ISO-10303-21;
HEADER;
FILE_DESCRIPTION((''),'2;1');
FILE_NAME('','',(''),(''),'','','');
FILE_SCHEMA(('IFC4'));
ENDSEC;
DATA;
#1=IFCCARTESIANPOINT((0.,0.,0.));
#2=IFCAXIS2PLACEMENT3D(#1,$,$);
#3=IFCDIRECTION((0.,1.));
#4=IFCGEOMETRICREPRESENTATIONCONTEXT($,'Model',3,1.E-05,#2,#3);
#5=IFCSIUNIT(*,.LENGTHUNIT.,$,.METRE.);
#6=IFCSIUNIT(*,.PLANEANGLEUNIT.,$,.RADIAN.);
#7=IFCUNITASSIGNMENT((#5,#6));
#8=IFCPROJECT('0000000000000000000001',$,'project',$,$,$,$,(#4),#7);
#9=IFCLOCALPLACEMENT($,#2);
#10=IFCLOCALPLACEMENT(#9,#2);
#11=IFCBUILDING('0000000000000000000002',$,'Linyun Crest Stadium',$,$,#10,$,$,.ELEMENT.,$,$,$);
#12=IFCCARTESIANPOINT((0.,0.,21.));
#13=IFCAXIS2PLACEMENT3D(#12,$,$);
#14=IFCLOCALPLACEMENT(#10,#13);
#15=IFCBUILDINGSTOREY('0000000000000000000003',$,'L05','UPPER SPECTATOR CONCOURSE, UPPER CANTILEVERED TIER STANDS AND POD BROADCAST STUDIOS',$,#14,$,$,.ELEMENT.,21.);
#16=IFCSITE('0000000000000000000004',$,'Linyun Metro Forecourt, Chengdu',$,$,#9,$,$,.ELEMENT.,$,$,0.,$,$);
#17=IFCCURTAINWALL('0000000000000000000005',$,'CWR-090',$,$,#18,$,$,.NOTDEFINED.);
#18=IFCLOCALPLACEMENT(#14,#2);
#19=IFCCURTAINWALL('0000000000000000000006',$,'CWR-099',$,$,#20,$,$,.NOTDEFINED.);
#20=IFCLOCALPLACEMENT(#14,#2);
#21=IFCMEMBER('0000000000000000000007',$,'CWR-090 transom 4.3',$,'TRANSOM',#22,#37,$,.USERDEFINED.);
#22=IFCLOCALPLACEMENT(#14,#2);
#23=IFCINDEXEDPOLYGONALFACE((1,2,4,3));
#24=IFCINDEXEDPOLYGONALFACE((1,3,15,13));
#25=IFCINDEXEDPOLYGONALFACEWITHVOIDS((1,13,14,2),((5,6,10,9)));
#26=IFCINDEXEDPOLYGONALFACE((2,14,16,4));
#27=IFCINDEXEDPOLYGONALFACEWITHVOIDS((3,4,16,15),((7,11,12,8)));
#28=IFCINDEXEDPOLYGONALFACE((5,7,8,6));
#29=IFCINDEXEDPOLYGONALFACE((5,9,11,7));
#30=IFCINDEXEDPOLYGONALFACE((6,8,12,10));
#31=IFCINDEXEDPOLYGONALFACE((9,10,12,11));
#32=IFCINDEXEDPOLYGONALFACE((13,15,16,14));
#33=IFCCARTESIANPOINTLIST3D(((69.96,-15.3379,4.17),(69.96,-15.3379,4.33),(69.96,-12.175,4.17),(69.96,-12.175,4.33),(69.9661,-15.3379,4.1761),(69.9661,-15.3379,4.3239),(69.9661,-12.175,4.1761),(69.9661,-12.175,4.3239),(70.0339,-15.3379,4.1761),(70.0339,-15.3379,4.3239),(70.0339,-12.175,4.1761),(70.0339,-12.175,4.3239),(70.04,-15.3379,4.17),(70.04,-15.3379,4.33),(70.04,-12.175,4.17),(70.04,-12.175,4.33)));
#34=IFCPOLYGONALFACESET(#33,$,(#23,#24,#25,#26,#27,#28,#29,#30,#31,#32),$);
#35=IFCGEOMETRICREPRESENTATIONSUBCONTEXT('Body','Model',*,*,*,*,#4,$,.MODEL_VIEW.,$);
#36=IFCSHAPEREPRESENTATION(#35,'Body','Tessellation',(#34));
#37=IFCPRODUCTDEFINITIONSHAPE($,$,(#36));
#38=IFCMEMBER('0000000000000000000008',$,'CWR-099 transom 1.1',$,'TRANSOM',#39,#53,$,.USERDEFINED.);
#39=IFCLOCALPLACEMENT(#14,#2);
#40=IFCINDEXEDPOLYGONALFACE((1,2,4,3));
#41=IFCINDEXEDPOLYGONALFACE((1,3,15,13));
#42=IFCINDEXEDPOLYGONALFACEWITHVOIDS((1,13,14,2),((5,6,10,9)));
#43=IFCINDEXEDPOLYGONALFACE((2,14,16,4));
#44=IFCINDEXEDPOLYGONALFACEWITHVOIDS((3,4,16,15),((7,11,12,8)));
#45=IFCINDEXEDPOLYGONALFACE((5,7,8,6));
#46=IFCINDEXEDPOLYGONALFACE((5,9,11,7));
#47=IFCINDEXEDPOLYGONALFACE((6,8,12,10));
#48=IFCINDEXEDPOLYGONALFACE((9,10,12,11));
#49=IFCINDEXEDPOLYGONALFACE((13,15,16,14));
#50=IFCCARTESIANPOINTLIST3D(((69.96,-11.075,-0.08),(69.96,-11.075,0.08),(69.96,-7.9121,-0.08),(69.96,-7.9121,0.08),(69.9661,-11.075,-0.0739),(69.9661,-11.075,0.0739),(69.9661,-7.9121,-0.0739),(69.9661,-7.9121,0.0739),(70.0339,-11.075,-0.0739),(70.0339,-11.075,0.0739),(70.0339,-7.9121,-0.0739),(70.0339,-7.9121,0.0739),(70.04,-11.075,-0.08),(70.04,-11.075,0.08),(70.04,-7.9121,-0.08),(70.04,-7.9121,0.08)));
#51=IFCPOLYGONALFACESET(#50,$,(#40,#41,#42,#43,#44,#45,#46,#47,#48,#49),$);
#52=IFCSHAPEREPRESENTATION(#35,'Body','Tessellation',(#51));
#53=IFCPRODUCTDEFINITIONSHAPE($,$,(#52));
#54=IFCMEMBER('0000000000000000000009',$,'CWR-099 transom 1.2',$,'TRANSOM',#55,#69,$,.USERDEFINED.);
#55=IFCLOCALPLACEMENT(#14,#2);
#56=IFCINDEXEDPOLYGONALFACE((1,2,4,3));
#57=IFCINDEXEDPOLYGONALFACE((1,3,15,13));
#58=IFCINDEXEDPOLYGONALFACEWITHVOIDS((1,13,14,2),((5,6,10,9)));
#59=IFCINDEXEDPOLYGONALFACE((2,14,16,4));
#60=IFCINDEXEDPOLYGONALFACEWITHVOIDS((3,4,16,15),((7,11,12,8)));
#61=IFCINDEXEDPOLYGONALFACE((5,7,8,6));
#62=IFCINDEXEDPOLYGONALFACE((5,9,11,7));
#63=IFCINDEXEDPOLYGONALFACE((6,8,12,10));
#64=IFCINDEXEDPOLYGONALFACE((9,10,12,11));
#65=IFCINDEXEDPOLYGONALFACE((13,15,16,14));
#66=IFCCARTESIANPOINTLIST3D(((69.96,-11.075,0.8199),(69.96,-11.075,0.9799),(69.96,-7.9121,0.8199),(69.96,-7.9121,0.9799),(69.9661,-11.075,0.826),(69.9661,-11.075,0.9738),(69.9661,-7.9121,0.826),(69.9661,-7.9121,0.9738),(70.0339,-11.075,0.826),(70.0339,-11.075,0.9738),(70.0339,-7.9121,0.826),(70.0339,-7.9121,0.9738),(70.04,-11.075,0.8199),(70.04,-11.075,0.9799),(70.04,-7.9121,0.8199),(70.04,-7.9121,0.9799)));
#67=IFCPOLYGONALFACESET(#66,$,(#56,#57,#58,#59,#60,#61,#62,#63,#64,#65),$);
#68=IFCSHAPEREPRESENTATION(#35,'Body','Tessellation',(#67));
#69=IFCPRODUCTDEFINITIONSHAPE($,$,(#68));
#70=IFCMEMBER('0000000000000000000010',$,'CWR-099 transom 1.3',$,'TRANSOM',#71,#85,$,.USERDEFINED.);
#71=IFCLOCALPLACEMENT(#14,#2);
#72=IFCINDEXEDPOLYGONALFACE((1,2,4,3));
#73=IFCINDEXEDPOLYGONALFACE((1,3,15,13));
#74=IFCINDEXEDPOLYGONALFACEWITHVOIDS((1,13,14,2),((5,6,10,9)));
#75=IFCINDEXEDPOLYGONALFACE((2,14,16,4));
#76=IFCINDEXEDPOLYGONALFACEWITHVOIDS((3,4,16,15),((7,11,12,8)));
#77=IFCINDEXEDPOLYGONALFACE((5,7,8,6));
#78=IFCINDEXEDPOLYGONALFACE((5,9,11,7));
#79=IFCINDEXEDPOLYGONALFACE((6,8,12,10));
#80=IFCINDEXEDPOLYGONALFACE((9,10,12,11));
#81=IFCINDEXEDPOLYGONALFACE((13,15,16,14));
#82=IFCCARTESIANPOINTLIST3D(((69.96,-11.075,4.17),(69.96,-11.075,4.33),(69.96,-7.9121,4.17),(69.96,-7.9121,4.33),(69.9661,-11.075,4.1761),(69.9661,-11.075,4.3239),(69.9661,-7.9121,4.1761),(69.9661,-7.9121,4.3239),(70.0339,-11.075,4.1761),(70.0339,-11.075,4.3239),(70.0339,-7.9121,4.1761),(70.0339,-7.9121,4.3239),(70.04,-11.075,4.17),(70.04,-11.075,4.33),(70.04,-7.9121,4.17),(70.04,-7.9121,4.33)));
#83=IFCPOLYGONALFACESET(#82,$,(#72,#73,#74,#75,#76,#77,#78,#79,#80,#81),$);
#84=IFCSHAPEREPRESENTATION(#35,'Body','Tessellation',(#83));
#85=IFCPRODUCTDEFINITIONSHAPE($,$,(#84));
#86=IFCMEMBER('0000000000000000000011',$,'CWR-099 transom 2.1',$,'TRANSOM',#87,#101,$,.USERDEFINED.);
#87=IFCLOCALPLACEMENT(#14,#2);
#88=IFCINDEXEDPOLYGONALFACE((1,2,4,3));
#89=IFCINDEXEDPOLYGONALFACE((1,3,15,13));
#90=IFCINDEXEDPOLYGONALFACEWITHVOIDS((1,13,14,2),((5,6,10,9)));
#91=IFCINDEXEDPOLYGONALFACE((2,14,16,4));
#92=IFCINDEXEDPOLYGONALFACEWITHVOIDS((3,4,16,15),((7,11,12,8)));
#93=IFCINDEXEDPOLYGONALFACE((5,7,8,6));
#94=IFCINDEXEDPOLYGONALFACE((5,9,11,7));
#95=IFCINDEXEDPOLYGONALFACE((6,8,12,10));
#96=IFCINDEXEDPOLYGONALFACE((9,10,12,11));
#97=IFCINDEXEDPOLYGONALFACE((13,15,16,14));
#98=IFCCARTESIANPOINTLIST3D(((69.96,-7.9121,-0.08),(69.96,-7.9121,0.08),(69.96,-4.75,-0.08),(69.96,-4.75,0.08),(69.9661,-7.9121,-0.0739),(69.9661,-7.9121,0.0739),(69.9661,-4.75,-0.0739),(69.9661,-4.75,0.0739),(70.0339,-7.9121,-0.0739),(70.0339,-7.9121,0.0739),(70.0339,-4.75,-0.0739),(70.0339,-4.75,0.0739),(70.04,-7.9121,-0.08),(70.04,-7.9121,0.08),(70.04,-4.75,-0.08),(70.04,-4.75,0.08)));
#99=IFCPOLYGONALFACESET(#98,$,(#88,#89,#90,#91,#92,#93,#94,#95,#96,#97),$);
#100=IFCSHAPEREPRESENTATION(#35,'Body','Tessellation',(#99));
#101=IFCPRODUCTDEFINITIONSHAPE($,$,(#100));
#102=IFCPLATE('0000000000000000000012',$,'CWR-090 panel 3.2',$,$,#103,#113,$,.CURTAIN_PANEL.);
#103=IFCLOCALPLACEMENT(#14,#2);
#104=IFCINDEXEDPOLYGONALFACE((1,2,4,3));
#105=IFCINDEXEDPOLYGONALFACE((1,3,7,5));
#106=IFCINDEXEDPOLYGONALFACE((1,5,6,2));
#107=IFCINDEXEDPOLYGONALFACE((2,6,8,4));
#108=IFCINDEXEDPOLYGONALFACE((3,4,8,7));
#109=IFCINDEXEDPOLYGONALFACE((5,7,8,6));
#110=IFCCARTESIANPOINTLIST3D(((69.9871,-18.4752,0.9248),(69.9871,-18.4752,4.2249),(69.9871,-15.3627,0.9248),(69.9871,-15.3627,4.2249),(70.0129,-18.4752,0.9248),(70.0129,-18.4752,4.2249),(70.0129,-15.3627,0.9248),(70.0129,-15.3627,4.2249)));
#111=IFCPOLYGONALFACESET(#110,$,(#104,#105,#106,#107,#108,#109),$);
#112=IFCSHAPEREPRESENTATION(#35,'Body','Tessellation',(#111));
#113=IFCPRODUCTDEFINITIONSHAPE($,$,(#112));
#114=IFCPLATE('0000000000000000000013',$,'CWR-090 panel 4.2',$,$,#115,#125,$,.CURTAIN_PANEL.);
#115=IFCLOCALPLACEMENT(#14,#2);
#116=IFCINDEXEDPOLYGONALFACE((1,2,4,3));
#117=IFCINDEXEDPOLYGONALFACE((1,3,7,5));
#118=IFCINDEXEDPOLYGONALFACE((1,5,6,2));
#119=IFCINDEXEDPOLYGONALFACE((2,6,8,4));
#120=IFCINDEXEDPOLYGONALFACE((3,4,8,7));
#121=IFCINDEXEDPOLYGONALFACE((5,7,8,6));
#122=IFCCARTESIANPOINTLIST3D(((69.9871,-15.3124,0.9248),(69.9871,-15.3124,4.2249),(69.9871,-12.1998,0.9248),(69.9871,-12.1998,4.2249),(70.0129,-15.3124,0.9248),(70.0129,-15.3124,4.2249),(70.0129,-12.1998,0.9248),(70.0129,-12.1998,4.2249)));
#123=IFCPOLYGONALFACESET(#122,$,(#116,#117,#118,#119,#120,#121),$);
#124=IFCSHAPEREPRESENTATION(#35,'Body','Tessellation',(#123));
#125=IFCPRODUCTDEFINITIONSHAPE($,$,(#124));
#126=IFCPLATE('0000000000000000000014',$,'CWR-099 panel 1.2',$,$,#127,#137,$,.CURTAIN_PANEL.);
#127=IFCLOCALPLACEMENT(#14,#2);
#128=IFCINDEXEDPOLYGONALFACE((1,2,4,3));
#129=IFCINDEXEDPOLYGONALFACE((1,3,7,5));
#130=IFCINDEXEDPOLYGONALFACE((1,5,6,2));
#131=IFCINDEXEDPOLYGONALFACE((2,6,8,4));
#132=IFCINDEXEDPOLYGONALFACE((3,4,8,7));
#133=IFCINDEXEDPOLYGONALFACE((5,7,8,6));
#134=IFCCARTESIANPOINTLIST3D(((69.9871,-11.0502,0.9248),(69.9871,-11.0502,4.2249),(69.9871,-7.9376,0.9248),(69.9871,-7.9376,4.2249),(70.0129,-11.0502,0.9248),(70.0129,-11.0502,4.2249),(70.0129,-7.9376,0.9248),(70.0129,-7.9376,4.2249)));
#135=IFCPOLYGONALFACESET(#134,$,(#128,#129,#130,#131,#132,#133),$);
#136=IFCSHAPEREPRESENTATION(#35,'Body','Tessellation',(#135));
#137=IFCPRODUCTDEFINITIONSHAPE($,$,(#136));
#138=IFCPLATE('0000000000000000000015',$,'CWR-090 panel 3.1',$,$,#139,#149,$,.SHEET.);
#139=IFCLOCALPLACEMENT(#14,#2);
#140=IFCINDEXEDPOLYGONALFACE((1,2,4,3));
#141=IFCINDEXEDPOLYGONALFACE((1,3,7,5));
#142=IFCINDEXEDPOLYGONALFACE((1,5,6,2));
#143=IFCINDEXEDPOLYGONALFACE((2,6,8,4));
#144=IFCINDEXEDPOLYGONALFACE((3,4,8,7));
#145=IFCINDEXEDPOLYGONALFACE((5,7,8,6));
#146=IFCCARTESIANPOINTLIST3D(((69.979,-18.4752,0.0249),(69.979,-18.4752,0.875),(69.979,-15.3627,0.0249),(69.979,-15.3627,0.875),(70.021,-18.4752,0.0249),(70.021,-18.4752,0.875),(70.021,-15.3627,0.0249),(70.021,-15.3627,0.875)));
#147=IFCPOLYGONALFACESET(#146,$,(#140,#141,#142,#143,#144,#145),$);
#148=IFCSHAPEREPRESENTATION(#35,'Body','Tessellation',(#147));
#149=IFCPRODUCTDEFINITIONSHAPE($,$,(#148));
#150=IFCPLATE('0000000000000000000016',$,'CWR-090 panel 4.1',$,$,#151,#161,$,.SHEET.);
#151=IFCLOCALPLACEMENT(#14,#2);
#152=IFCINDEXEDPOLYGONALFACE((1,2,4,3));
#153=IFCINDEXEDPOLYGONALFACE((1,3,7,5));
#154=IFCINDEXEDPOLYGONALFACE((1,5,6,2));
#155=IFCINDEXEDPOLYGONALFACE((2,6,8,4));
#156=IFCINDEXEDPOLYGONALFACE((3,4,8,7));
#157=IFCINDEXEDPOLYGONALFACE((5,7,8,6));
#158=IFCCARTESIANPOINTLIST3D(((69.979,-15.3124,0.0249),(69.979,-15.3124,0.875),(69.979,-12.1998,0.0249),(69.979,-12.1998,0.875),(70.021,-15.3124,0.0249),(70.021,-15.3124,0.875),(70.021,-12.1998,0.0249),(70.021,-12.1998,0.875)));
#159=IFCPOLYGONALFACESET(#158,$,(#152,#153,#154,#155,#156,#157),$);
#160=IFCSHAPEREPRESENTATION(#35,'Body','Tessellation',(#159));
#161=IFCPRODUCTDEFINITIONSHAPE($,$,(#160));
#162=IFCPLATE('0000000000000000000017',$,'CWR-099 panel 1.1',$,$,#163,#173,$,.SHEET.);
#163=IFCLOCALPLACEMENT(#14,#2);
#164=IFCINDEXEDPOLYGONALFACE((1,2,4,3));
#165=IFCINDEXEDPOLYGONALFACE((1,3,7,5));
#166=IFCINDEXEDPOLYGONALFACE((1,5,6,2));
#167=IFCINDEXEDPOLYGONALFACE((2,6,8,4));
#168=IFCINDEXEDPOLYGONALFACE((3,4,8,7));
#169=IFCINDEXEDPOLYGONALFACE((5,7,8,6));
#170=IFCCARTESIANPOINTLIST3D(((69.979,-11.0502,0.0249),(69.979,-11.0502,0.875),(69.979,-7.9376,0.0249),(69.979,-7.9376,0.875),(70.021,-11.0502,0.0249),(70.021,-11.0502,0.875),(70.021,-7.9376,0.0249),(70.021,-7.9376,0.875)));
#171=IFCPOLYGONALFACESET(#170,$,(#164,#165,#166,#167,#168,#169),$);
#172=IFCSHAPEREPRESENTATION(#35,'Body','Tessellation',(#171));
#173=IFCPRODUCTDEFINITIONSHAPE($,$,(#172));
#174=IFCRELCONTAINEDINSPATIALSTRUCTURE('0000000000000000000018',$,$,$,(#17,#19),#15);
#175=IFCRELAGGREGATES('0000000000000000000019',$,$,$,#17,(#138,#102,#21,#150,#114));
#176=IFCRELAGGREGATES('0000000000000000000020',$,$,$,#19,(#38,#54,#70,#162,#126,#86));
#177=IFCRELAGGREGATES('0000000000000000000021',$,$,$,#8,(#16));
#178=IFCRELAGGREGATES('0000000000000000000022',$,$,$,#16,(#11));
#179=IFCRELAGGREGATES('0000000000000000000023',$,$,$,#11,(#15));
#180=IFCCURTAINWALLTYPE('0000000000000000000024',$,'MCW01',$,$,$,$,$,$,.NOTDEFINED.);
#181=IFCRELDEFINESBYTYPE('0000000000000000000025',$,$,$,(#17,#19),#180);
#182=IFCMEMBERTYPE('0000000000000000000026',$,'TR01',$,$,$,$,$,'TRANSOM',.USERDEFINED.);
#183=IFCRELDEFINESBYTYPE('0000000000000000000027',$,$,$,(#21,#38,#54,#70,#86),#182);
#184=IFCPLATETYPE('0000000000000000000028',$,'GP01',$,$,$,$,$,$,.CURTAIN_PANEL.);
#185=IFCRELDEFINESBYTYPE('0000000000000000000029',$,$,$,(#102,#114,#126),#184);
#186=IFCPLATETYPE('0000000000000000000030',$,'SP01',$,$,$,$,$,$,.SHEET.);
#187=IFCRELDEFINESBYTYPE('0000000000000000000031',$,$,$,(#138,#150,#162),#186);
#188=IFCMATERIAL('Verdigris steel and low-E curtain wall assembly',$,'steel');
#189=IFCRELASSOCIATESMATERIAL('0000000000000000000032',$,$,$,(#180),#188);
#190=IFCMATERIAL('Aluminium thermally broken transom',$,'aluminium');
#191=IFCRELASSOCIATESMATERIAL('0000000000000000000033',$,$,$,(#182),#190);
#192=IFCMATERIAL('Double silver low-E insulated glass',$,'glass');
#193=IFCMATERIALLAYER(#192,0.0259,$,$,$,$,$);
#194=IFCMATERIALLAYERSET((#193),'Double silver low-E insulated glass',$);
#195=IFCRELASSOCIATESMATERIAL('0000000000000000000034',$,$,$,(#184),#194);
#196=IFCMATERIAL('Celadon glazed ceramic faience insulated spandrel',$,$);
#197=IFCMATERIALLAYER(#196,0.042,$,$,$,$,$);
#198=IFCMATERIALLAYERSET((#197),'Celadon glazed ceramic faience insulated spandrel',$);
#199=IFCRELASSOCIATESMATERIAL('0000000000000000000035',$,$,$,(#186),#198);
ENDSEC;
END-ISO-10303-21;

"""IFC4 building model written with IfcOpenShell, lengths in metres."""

from ifc_helpers import new_model, si_unit, direction, frame, origin, origin_2d, place, context, subcontext, project, spatial, rectangle, hollow_rectangle, extrude, material, layer, layer_set, material_profile, profile_set, type_object, element, aggregate, save


model = new_model("IFC4")

# Units and contexts
model_context = context("Model", 3, precision=1e-05, world=origin(), true_north=direction((0.0, 1.0)))
body_context = subcontext(model_context, "Body", "Model", "MODEL_VIEW")
ifc_project = project(units=[si_unit("LENGTHUNIT", "METRE"), si_unit("PLANEANGLEUNIT", "RADIAN")], contexts=[model_context])

# Site, building, storey
site_placement = place(None, origin())
site = spatial("IfcSite", under=ifc_project, at=site_placement, Name="Linyun Metro Forecourt, Chengdu", CompositionType="ELEMENT", RefElevation=0.0)
building_placement = place(site_placement, origin())
building = spatial("IfcBuilding", under=site, at=building_placement, Name="Linyun Crest Stadium", CompositionType="ELEMENT")
storey_placement = place(building_placement, frame((0.0, 0.0, 21.0)))
storey = spatial("IfcBuildingStorey", under=building, at=storey_placement, Name="L05", Description="UPPER SPECTATOR CONCOURSE, UPPER CANTILEVERED TIER STANDS AND POD BROADCAST STUDIOS", CompositionType="ELEMENT", Elevation=21.0)

# Curtain walls
ifc_material_1 = material(Name="Verdigris steel and low-E curtain wall assembly", Category="steel")
curtain_wall_type = type_object("IfcCurtainWallType", Name="MCW01", PredefinedType="NOTDEFINED", material=ifc_material_1)
curtain_wall_1_placement = place(storey_placement, origin())
curtain_wall_1 = element("IfcCurtainWall", 1, at=curtain_wall_1_placement, inside=storey, type_object=curtain_wall_type, Name="CWR-090", PredefinedType="NOTDEFINED")
curtain_wall_2_placement = place(storey_placement, origin())
curtain_wall_2 = element("IfcCurtainWall", 2, at=curtain_wall_2_placement, inside=storey, type_object=curtain_wall_type, Name="CWR-099", PredefinedType="NOTDEFINED")

# Members
ifc_material_2 = material(Name="Aluminium thermally broken transom", Category="aluminium")
ifc_material_profile_1 = material_profile(ifc_material_2, hollow_rectangle(XDim=0.0801, YDim=0.1599, WallThickness=0.0061, at=origin_2d()), Name="RHS 160x80x6")
ifc_profile_set_1 = profile_set([ifc_material_profile_1], Name="Aluminium thermally broken transom")
member_type_1 = type_object("IfcMemberType", Name="TR01", ElementType="TRANSOM", PredefinedType="USERDEFINED", material=ifc_profile_set_1)
member_1_placement = place(storey_placement, frame((70.0, -15.3379, 4.25), z_axis=(0.0, 1.0, 0.0), x_axis=(-1.0, 0.0, 0.0)))
member_1 = element("IfcMember", 3, at=member_1_placement, type_object=member_type_1, Name="CWR-090 transom 4.3", ObjectType="TRANSOM", PredefinedType="USERDEFINED", context=body_context, shape_type="SweptSolid", body=[
    extrude(hollow_rectangle(XDim=0.0801, YDim=0.1599, WallThickness=0.0061, at=origin_2d()), origin(), (0.0, 0.0, 1.0), 3.1628),
])
member_2_placement = place(storey_placement, frame((70.0, -11.075, 0.0), z_axis=(0.0, 1.0, 0.0), x_axis=(-1.0, 0.0, 0.0)))
member_2 = element("IfcMember", 4, at=member_2_placement, type_object=member_type_1, Name="CWR-099 transom 1.1", ObjectType="TRANSOM", PredefinedType="USERDEFINED", context=body_context, shape_type="SweptSolid", body=[
    extrude(hollow_rectangle(XDim=0.0801, YDim=0.1599, WallThickness=0.0061, at=origin_2d()), origin(), (0.0, 0.0, 1.0), 3.1628),
])
member_3_placement = place(storey_placement, frame((70.0, -11.075, 0.8999), z_axis=(0.0, 1.0, 0.0), x_axis=(-1.0, 0.0, 0.0)))
member_3 = element("IfcMember", 5, at=member_3_placement, type_object=member_type_1, Name="CWR-099 transom 1.2", ObjectType="TRANSOM", PredefinedType="USERDEFINED", context=body_context, shape_type="SweptSolid", body=[
    extrude(hollow_rectangle(XDim=0.0801, YDim=0.1599, WallThickness=0.0061, at=origin_2d()), origin(), (0.0, 0.0, 1.0), 3.1628),
])
member_4_placement = place(storey_placement, frame((70.0, -11.075, 4.25), z_axis=(0.0, 1.0, 0.0), x_axis=(-1.0, 0.0, 0.0)))
member_4 = element("IfcMember", 6, at=member_4_placement, type_object=member_type_1, Name="CWR-099 transom 1.3", ObjectType="TRANSOM", PredefinedType="USERDEFINED", context=body_context, shape_type="SweptSolid", body=[
    extrude(hollow_rectangle(XDim=0.0801, YDim=0.1599, WallThickness=0.0061, at=origin_2d()), origin(), (0.0, 0.0, 1.0), 3.1628),
])
member_5_placement = place(storey_placement, frame((70.0, -7.9121, 0.0), z_axis=(0.0, 1.0, 0.0), x_axis=(-1.0, 0.0, 0.0)))
member_5 = element("IfcMember", 7, at=member_5_placement, type_object=member_type_1, Name="CWR-099 transom 2.1", ObjectType="TRANSOM", PredefinedType="USERDEFINED", context=body_context, shape_type="SweptSolid", body=[
    extrude(hollow_rectangle(XDim=0.0801, YDim=0.1599, WallThickness=0.0061, at=origin_2d()), origin(), (0.0, 0.0, 1.0), 3.1621),
])

# Plates
ifc_material_3 = material(Name="Double silver low-E insulated glass", Category="glass")
ifc_layer_1 = layer(ifc_material_3, 0.0259)
ifc_layer_set_1 = layer_set([ifc_layer_1], Name="Double silver low-E insulated glass")
plate_type_1 = type_object("IfcPlateType", Name="GP01", PredefinedType="CURTAIN_PANEL", material=ifc_layer_set_1)
plate_1_placement = place(storey_placement, frame((70.0, -16.9189, 0.9248), z_axis=(0.0, 0.0, 1.0), x_axis=(0.0, 1.0, 0.0)))
plate_1 = element("IfcPlate", 8, at=plate_1_placement, type_object=plate_type_1, Name="CWR-090 panel 3.2", PredefinedType="CURTAIN_PANEL", context=body_context, shape_type="SweptSolid", body=[
    extrude(rectangle(XDim=3.1125, YDim=0.0259, at=origin_2d()), origin(), (0.0, 0.0, 1.0), 3.3),
])
plate_2_placement = place(storey_placement, frame((70.0, -13.7561, 0.9248), z_axis=(0.0, 0.0, 1.0), x_axis=(0.0, 1.0, 0.0)))
plate_2 = element("IfcPlate", 9, at=plate_2_placement, type_object=plate_type_1, Name="CWR-090 panel 4.2", PredefinedType="CURTAIN_PANEL", context=body_context, shape_type="SweptSolid", body=[
    extrude(rectangle(XDim=3.1125, YDim=0.0259, at=origin_2d()), origin(), (0.0, 0.0, 1.0), 3.3),
])
plate_3_placement = place(storey_placement, frame((70.0, -9.4939, 0.9248), z_axis=(0.0, 0.0, 1.0), x_axis=(0.0, 1.0, 0.0)))
plate_3 = element("IfcPlate", 10, at=plate_3_placement, type_object=plate_type_1, Name="CWR-099 panel 1.2", PredefinedType="CURTAIN_PANEL", context=body_context, shape_type="SweptSolid", body=[
    extrude(rectangle(XDim=3.1125, YDim=0.0259, at=origin_2d()), origin(), (0.0, 0.0, 1.0), 3.3),
])
ifc_material_4 = material(Name="Celadon glazed ceramic faience insulated spandrel")
ifc_layer_2 = layer(ifc_material_4, 0.042)
ifc_layer_set_2 = layer_set([ifc_layer_2], Name="Celadon glazed ceramic faience insulated spandrel")
plate_type_2 = type_object("IfcPlateType", Name="SP01", PredefinedType="SHEET", material=ifc_layer_set_2)
plate_4_placement = place(storey_placement, frame((70.0, -16.9189, 0.0249), z_axis=(0.0, 0.0, 1.0), x_axis=(0.0, 1.0, 0.0)))
plate_4 = element("IfcPlate", 11, at=plate_4_placement, type_object=plate_type_2, Name="CWR-090 panel 3.1", PredefinedType="SHEET", context=body_context, shape_type="SweptSolid", body=[
    extrude(rectangle(XDim=3.1125, YDim=0.042, at=origin_2d()), origin(), (0.0, 0.0, 1.0), 0.8501),
])
plate_5_placement = place(storey_placement, frame((70.0, -13.7561, 0.0249), z_axis=(0.0, 0.0, 1.0), x_axis=(0.0, 1.0, 0.0)))
plate_5 = element("IfcPlate", 12, at=plate_5_placement, type_object=plate_type_2, Name="CWR-090 panel 4.1", PredefinedType="SHEET", context=body_context, shape_type="SweptSolid", body=[
    extrude(rectangle(XDim=3.1125, YDim=0.042, at=origin_2d()), origin(), (0.0, 0.0, 1.0), 0.8501),
])
aggregate(curtain_wall_1, [plate_4, plate_1, member_1, plate_5, plate_2])
plate_6_placement = place(storey_placement, frame((70.0, -9.4939, 0.0249), z_axis=(0.0, 0.0, 1.0), x_axis=(0.0, 1.0, 0.0)))
plate_6 = element("IfcPlate", 13, at=plate_6_placement, type_object=plate_type_2, Name="CWR-099 panel 1.1", PredefinedType="SHEET", context=body_context, shape_type="SweptSolid", body=[
    extrude(rectangle(XDim=3.1125, YDim=0.042, at=origin_2d()), origin(), (0.0, 0.0, 1.0), 0.8501),
])
aggregate(curtain_wall_2, [member_2, member_3, member_4, plate_6, plate_3, member_5])

save(model, "model.ifc")
